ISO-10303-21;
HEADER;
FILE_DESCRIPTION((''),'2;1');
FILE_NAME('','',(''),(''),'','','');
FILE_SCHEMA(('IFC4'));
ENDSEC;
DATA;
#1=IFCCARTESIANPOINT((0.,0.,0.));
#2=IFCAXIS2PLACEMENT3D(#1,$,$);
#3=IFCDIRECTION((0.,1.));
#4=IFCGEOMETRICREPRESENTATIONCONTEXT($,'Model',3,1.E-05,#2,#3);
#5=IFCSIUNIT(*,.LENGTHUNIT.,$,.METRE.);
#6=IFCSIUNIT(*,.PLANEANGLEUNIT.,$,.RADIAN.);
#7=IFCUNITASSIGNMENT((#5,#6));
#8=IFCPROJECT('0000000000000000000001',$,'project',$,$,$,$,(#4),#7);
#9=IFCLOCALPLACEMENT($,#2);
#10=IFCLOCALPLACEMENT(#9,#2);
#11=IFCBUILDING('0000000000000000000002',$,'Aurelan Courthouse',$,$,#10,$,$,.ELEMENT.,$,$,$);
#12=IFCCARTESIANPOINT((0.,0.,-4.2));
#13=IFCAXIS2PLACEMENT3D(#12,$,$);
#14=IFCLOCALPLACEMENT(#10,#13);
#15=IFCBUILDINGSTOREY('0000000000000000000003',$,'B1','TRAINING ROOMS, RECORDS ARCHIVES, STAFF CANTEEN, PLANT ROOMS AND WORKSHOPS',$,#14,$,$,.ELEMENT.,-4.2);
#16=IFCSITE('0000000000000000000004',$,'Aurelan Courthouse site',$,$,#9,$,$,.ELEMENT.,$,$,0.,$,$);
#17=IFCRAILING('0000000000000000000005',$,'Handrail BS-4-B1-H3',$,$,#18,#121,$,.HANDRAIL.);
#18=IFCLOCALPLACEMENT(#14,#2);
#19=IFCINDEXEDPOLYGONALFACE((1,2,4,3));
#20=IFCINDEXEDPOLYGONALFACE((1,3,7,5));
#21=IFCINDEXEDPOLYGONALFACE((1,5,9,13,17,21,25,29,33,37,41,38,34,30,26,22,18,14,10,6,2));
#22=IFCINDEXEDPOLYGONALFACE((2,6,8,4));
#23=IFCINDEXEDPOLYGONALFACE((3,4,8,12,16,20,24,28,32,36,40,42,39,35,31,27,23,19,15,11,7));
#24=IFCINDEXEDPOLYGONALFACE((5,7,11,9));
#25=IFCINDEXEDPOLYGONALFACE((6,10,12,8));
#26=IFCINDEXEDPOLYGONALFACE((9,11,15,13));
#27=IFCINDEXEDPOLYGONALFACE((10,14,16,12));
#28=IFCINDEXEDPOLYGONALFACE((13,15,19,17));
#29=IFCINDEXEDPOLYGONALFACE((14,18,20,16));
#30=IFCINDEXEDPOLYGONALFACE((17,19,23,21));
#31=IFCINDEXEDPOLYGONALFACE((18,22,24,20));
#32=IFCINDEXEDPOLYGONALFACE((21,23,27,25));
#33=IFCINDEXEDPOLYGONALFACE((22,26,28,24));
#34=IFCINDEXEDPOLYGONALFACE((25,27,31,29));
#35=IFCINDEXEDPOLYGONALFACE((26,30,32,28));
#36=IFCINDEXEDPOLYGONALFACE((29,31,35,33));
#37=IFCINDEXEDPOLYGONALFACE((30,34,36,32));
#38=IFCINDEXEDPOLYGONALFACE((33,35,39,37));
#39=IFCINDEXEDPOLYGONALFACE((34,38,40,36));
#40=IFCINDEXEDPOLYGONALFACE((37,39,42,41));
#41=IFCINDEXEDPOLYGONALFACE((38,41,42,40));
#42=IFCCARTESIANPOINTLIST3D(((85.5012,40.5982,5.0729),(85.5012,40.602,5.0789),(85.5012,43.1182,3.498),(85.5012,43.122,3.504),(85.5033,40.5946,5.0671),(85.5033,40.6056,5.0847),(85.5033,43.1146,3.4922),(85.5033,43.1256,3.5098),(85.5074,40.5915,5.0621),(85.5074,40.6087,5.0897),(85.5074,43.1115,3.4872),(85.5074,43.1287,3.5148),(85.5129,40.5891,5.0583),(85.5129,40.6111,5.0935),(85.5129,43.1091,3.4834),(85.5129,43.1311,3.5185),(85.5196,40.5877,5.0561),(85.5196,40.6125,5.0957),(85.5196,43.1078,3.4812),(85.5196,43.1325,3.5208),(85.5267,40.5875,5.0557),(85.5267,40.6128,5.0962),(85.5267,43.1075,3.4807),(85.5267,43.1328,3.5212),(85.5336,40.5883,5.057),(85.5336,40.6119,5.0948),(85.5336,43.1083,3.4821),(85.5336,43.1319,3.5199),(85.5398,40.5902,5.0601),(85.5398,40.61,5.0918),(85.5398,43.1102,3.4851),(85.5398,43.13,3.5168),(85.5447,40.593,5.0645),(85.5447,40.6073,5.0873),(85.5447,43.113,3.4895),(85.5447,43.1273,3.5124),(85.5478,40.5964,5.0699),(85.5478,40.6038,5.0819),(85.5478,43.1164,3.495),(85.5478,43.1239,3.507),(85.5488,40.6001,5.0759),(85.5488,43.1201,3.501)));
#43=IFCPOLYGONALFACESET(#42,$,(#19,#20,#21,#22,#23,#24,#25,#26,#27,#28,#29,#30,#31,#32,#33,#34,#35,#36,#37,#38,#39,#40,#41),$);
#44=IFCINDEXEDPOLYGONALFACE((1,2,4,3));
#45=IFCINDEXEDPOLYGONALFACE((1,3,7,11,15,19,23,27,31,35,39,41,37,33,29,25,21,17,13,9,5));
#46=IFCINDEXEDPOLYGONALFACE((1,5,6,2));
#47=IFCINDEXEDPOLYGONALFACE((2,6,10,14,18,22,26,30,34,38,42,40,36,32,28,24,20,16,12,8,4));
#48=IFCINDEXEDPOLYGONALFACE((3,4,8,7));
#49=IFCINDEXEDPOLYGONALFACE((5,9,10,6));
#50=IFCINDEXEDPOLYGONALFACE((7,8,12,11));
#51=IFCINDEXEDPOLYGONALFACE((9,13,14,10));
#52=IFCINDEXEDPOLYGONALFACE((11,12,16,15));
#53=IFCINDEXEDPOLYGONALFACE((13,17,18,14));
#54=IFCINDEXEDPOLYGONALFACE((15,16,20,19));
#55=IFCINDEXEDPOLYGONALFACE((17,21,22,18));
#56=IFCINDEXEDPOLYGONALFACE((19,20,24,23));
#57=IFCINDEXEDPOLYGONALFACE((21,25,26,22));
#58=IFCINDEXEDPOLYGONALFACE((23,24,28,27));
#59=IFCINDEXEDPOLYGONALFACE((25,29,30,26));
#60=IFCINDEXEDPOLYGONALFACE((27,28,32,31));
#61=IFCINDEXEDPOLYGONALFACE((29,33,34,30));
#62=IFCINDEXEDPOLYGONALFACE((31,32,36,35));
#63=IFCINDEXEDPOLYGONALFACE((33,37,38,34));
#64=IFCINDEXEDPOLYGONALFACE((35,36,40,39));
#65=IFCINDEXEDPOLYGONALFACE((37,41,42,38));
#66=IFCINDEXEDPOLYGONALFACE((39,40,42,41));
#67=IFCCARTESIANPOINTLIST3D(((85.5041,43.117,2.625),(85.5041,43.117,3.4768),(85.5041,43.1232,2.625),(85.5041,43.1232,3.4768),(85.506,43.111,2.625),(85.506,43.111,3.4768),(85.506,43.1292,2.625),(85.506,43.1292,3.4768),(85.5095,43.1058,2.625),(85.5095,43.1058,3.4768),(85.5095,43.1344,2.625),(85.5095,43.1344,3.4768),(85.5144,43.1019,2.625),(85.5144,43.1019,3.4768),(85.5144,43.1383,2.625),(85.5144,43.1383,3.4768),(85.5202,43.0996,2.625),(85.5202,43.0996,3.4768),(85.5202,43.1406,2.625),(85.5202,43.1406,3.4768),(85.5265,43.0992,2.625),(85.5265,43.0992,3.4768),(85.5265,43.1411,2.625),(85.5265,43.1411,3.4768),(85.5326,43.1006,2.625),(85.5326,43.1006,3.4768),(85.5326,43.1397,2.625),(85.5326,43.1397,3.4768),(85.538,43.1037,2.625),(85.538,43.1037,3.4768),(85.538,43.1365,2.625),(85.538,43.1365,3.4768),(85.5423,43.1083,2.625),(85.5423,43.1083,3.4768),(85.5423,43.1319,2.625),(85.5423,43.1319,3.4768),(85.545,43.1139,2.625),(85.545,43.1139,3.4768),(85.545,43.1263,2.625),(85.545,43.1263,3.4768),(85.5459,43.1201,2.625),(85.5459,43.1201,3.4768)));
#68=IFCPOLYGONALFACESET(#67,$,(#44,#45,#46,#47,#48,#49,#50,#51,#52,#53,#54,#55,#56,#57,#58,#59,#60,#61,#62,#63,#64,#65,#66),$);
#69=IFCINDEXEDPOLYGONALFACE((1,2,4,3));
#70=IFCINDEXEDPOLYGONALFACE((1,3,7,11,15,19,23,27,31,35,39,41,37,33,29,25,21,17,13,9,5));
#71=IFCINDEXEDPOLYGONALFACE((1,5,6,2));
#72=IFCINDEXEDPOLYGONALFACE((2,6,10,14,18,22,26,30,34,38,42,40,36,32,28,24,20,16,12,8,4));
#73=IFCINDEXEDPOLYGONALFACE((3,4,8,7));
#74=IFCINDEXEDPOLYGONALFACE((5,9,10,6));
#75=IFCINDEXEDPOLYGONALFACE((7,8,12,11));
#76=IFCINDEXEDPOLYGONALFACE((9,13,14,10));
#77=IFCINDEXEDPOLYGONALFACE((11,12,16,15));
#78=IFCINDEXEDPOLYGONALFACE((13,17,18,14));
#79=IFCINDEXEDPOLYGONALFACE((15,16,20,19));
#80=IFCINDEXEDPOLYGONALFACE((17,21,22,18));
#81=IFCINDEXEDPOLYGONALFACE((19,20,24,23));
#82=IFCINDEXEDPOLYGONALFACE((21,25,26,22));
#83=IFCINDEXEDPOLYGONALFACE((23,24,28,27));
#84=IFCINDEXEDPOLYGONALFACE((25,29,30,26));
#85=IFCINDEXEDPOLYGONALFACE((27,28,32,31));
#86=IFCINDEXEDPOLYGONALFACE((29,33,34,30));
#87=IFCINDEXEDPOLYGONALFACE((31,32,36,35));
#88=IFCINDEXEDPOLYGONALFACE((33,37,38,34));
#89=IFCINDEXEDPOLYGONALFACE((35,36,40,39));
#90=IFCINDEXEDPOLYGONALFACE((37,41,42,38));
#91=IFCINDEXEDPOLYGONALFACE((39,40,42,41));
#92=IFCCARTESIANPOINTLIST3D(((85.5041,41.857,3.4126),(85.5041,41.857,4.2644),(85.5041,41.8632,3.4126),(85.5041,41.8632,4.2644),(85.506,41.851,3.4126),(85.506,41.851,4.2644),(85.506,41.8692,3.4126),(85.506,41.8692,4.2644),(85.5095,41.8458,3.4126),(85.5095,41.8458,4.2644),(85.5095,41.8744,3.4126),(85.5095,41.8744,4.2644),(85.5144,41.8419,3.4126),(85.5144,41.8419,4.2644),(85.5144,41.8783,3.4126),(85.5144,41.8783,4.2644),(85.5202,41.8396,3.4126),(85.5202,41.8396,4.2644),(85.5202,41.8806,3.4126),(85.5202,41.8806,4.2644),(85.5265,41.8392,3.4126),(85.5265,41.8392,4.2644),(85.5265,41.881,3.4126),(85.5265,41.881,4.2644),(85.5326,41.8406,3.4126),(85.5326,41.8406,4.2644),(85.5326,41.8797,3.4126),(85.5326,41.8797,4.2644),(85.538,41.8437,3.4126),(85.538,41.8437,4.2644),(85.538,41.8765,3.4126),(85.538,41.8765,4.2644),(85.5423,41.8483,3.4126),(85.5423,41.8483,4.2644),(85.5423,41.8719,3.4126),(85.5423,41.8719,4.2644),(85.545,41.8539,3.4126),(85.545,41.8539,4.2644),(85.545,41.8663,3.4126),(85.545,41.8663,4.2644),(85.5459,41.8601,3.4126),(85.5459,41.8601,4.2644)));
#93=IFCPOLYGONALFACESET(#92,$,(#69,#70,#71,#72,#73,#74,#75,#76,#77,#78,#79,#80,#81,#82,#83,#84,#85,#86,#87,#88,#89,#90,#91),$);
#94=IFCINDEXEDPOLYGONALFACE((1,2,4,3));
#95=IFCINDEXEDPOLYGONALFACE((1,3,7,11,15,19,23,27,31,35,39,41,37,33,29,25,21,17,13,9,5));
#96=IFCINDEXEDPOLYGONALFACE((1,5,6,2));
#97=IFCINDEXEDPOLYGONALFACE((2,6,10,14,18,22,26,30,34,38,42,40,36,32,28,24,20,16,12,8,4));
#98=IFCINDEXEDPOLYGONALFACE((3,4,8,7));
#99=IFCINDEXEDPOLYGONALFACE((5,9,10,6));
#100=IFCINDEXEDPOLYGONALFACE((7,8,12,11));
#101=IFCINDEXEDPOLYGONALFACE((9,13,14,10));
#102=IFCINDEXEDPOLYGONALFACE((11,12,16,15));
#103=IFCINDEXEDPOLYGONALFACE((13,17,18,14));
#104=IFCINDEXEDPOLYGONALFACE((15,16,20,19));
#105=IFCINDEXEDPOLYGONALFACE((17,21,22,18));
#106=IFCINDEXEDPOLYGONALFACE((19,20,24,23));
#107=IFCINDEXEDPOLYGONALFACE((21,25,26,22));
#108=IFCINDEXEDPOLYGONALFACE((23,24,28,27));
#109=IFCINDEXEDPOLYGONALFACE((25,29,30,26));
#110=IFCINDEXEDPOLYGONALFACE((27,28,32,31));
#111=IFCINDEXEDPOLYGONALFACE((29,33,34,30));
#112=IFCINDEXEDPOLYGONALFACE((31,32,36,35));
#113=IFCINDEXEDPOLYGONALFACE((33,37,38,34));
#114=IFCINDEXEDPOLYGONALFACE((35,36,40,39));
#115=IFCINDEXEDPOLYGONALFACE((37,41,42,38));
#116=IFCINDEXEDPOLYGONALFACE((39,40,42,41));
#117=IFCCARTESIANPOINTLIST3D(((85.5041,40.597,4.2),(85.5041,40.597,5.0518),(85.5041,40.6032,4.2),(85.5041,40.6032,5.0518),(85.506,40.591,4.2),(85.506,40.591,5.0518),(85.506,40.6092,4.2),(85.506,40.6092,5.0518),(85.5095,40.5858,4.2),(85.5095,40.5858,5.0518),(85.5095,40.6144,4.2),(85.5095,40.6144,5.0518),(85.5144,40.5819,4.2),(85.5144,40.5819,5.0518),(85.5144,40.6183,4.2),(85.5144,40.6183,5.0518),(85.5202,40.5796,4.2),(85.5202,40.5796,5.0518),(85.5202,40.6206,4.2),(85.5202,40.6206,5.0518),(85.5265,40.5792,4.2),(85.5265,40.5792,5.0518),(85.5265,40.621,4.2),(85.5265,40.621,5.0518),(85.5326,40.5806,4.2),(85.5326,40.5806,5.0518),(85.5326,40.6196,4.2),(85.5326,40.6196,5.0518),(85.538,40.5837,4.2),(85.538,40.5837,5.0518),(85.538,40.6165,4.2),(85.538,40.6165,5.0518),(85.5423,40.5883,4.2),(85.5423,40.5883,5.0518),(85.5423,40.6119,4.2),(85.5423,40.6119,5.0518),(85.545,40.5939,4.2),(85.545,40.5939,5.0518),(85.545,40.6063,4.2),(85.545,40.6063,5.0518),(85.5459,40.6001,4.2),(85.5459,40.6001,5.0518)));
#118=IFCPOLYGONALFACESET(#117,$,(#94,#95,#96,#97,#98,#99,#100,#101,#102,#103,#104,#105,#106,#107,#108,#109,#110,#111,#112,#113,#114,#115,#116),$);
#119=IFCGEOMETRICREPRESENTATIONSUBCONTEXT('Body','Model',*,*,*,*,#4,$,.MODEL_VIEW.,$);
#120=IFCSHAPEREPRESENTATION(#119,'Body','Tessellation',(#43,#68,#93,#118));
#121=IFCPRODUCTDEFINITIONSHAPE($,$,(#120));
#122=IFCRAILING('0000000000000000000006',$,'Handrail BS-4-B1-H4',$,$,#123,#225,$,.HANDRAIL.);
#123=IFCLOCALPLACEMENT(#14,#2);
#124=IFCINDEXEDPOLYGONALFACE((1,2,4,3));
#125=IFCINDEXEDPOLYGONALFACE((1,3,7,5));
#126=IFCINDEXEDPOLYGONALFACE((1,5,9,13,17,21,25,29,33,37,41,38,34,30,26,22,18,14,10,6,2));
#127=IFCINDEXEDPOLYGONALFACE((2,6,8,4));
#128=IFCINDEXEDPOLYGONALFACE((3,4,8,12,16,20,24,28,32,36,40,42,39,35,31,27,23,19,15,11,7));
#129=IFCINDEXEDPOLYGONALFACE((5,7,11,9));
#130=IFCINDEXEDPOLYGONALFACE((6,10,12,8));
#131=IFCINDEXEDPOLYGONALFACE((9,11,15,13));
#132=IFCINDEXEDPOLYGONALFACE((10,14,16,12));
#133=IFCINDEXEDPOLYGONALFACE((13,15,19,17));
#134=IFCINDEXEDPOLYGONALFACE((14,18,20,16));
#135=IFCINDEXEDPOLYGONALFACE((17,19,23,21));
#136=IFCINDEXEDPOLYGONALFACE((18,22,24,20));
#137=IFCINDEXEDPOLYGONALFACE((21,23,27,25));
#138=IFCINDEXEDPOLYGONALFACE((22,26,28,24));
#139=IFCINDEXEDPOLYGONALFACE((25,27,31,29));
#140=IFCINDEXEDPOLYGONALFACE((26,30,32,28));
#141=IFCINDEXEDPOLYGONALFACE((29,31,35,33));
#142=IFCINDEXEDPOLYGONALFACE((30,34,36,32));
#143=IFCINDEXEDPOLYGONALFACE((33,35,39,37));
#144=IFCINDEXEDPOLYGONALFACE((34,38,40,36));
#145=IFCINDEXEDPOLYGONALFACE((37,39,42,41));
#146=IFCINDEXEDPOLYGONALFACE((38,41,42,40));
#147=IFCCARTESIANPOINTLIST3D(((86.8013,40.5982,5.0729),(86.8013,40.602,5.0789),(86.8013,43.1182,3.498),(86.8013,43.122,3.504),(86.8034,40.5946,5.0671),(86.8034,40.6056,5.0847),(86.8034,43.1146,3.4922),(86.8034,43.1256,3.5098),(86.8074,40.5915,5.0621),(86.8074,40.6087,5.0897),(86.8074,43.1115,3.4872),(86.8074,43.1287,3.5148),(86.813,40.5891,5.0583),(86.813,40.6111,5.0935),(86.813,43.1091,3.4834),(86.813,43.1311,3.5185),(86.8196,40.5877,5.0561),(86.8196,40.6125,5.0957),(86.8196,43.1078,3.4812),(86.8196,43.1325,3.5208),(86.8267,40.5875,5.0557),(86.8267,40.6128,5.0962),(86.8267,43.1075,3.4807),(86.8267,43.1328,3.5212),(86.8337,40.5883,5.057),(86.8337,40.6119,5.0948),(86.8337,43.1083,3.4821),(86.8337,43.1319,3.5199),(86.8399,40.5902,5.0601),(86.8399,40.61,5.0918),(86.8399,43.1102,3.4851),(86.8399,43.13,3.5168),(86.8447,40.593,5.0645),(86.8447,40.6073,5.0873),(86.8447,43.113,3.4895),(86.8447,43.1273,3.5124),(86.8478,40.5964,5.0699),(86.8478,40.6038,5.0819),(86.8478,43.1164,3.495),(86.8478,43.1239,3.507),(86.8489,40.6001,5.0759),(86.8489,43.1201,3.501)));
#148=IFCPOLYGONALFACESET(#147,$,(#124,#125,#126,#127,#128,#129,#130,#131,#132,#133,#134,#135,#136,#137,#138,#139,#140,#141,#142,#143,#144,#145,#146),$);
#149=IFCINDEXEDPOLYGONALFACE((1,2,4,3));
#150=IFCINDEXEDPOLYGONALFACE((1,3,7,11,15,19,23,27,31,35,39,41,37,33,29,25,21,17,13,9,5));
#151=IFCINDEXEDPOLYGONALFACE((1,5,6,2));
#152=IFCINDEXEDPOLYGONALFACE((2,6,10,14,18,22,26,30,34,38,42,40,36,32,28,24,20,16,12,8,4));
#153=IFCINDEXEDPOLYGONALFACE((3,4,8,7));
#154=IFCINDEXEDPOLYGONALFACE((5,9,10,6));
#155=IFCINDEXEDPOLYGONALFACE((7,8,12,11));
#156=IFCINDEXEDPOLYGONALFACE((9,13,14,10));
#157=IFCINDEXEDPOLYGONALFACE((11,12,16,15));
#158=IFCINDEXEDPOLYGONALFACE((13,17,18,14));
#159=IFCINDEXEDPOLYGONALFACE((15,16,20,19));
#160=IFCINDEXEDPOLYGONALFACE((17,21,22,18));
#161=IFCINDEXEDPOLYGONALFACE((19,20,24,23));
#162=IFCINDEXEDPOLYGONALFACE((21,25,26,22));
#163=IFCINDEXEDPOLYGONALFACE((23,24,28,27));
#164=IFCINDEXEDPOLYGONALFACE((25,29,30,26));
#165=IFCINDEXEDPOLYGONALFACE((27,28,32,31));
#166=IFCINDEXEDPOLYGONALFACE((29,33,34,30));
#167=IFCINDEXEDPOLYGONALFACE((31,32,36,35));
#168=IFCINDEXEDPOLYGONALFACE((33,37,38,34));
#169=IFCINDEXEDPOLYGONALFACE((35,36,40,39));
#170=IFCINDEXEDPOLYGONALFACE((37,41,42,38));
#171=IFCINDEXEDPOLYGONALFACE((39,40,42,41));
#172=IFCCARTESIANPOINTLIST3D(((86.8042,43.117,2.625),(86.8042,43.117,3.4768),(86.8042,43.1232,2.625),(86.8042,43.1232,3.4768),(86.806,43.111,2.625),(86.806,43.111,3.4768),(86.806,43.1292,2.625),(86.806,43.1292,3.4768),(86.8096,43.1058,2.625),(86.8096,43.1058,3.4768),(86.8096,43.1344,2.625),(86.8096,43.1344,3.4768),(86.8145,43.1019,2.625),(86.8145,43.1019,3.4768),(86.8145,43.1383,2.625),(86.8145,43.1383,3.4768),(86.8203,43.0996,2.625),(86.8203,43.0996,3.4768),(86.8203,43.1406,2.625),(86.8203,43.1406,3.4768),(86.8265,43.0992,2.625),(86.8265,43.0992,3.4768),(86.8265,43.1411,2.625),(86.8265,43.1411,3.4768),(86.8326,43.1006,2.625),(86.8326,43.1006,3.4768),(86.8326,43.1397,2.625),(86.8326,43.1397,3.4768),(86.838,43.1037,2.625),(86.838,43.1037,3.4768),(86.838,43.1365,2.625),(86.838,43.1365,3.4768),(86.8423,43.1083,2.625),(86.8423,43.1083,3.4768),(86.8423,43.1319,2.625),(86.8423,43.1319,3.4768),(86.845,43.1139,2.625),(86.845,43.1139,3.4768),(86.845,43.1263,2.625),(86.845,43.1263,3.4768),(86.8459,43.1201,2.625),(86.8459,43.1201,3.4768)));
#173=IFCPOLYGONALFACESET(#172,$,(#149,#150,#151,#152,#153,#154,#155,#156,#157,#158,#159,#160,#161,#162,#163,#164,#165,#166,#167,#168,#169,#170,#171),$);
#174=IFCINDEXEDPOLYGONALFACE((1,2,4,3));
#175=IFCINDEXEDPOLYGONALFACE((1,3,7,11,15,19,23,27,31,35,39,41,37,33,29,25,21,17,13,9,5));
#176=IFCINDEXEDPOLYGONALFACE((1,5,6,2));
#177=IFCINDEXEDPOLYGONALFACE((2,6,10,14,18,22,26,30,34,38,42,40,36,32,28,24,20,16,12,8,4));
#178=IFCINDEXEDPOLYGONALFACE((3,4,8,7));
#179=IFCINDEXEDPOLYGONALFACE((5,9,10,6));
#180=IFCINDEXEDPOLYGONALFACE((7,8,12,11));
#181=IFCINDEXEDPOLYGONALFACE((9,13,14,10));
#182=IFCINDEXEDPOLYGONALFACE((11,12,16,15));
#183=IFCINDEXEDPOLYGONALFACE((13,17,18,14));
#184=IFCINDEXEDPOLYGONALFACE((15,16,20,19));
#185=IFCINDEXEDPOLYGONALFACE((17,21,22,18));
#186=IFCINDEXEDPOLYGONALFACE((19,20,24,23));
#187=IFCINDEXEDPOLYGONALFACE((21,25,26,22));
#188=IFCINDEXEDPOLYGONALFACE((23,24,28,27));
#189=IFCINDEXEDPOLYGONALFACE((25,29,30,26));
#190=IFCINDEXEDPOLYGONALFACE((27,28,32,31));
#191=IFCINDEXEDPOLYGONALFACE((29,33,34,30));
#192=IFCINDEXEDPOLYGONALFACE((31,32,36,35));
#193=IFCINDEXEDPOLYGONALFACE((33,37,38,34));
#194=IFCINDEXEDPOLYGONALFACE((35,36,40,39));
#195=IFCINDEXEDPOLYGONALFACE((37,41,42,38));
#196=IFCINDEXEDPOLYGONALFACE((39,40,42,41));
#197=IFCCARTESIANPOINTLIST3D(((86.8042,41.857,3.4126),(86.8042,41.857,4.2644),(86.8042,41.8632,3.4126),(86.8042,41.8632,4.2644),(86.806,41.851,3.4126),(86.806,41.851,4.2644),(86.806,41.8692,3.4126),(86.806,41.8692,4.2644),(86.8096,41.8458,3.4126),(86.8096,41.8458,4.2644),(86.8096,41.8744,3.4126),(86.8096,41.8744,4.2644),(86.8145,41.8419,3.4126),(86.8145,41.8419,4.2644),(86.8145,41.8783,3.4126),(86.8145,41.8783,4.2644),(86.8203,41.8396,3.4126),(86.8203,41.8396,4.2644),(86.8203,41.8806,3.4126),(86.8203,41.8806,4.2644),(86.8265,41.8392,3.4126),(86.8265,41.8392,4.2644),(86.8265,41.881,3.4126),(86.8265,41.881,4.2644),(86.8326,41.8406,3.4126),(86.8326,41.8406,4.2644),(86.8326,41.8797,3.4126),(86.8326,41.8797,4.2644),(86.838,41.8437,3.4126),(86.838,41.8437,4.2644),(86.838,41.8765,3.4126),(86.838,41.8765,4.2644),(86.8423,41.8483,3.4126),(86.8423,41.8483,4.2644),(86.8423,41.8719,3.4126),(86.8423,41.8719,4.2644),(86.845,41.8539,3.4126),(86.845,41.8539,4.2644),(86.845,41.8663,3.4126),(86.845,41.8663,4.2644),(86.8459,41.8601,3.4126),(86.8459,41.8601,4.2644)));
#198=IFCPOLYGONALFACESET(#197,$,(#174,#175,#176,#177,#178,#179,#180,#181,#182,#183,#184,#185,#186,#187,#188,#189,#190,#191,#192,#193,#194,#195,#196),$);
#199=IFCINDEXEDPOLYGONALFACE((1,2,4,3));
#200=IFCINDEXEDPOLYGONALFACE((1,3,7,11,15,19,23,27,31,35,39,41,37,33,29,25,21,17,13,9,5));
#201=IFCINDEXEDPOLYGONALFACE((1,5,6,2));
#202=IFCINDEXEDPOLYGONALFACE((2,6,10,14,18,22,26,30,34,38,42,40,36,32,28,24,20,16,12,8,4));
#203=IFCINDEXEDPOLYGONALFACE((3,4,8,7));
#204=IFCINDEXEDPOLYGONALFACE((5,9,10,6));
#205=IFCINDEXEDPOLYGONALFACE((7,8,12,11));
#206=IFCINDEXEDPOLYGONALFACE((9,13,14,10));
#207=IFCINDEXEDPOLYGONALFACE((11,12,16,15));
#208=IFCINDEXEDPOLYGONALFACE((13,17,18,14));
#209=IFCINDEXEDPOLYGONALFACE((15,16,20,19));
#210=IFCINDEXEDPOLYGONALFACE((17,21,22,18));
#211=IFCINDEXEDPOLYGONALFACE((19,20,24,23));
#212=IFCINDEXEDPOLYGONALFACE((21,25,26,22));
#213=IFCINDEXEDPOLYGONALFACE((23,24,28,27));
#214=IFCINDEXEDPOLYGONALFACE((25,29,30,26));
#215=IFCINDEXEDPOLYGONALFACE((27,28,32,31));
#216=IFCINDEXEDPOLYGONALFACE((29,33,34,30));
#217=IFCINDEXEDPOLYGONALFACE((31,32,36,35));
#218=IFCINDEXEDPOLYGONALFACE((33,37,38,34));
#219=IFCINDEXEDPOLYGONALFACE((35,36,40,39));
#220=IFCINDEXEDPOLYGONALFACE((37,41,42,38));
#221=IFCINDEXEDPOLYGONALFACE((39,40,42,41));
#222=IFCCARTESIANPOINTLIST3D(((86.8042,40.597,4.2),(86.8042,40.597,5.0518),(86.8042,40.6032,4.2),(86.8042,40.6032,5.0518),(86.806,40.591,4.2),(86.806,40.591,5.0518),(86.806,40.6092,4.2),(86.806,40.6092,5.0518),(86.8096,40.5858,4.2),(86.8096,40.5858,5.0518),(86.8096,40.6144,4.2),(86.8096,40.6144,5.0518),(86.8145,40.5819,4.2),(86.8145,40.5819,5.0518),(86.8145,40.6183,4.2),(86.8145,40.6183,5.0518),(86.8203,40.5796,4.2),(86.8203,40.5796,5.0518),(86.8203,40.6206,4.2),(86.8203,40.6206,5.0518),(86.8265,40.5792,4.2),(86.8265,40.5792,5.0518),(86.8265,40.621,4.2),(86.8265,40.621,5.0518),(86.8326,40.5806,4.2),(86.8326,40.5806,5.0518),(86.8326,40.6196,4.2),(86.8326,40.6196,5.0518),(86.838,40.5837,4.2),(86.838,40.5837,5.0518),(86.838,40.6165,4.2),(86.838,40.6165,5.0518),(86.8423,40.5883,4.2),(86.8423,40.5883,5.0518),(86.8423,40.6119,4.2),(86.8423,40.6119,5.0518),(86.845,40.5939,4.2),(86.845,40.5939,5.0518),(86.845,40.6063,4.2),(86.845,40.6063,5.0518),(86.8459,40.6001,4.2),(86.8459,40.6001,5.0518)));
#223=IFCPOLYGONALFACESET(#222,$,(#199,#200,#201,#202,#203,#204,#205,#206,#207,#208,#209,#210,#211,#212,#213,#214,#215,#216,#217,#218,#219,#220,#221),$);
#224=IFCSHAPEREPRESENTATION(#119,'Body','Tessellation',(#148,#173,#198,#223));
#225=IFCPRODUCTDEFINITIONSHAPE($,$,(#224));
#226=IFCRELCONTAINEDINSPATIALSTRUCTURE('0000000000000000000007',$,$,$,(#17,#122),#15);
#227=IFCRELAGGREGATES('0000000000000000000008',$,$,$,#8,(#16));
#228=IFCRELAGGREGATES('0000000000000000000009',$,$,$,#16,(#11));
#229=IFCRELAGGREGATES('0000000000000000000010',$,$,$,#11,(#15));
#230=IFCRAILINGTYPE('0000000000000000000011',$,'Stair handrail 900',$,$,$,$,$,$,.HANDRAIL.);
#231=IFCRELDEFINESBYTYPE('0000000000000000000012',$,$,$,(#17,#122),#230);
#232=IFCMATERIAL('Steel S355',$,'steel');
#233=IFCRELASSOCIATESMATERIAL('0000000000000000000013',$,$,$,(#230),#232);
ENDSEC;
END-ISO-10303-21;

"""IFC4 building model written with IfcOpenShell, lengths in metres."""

from ifc_helpers import new_model, si_unit, direction, frame, origin, origin_2d, place, context, subcontext, project, spatial, circle, extrude, material, type_object, element, save


model = new_model("IFC4")

# Units and contexts
model_context = context("Model", 3, precision=1e-05, world=origin(), true_north=direction((0.0, 1.0)))
body_context = subcontext(model_context, "Body", "Model", "MODEL_VIEW")
ifc_project = project(units=[si_unit("LENGTHUNIT", "METRE"), si_unit("PLANEANGLEUNIT", "RADIAN")], contexts=[model_context])

# Site, building, storey
site_placement = place(None, origin())
site = spatial("IfcSite", under=ifc_project, at=site_placement, Name="Aurelan Courthouse site", CompositionType="ELEMENT", RefElevation=0.0)
building_placement = place(site_placement, origin())
building = spatial("IfcBuilding", under=site, at=building_placement, Name="Aurelan Courthouse", CompositionType="ELEMENT")
storey_placement = place(building_placement, frame((0.0, 0.0, -4.2)))
storey = spatial("IfcBuildingStorey", under=building, at=storey_placement, Name="B1", Description="TRAINING ROOMS, RECORDS ARCHIVES, STAFF CANTEEN, PLANT ROOMS AND WORKSHOPS", CompositionType="ELEMENT", Elevation=-4.2)

# Railings
ifc_material_1 = material(Name="Steel S355", Category="steel")
railing_type_1 = type_object("IfcRailingType", Name="Stair handrail 900", PredefinedType="HANDRAIL", material=ifc_material_1)
for number, where, name in (
    (1, (85.5249, 43.1201, 2.625), "Handrail BS-4-B1-H3"),
    (2, (86.825, 43.1201, 2.625), "Handrail BS-4-B1-H4"),
):
    element("IfcRailing", number, at=place(storey_placement, frame(where)), inside=storey, type_object=railing_type_1, Name=name, PredefinedType="HANDRAIL", context=body_context, shape_type="SweptSolid", body=[
        extrude(circle(Radius=0.0239, at=origin_2d()), frame((0.0, 0.0, 0.876), z_axis=(0.0, -0.848008, 0.529984), x_axis=(1.0, 0.0, 0.0)), (0.0, 0.0, 1.0), 2.9717),
        extrude(circle(Radius=0.021, at=origin_2d()), origin(), (0.0, 0.0, 1.0), 0.8518),
        extrude(circle(Radius=0.021, at=origin_2d()), frame((0.0, -1.26, 0.7876)), (0.0, 0.0, 1.0), 0.8518),
        extrude(circle(Radius=0.021, at=origin_2d()), frame((0.0, -2.52, 1.575)), (0.0, 0.0, 1.0), 0.8518),
    ])

save(model, "model.ifc")
